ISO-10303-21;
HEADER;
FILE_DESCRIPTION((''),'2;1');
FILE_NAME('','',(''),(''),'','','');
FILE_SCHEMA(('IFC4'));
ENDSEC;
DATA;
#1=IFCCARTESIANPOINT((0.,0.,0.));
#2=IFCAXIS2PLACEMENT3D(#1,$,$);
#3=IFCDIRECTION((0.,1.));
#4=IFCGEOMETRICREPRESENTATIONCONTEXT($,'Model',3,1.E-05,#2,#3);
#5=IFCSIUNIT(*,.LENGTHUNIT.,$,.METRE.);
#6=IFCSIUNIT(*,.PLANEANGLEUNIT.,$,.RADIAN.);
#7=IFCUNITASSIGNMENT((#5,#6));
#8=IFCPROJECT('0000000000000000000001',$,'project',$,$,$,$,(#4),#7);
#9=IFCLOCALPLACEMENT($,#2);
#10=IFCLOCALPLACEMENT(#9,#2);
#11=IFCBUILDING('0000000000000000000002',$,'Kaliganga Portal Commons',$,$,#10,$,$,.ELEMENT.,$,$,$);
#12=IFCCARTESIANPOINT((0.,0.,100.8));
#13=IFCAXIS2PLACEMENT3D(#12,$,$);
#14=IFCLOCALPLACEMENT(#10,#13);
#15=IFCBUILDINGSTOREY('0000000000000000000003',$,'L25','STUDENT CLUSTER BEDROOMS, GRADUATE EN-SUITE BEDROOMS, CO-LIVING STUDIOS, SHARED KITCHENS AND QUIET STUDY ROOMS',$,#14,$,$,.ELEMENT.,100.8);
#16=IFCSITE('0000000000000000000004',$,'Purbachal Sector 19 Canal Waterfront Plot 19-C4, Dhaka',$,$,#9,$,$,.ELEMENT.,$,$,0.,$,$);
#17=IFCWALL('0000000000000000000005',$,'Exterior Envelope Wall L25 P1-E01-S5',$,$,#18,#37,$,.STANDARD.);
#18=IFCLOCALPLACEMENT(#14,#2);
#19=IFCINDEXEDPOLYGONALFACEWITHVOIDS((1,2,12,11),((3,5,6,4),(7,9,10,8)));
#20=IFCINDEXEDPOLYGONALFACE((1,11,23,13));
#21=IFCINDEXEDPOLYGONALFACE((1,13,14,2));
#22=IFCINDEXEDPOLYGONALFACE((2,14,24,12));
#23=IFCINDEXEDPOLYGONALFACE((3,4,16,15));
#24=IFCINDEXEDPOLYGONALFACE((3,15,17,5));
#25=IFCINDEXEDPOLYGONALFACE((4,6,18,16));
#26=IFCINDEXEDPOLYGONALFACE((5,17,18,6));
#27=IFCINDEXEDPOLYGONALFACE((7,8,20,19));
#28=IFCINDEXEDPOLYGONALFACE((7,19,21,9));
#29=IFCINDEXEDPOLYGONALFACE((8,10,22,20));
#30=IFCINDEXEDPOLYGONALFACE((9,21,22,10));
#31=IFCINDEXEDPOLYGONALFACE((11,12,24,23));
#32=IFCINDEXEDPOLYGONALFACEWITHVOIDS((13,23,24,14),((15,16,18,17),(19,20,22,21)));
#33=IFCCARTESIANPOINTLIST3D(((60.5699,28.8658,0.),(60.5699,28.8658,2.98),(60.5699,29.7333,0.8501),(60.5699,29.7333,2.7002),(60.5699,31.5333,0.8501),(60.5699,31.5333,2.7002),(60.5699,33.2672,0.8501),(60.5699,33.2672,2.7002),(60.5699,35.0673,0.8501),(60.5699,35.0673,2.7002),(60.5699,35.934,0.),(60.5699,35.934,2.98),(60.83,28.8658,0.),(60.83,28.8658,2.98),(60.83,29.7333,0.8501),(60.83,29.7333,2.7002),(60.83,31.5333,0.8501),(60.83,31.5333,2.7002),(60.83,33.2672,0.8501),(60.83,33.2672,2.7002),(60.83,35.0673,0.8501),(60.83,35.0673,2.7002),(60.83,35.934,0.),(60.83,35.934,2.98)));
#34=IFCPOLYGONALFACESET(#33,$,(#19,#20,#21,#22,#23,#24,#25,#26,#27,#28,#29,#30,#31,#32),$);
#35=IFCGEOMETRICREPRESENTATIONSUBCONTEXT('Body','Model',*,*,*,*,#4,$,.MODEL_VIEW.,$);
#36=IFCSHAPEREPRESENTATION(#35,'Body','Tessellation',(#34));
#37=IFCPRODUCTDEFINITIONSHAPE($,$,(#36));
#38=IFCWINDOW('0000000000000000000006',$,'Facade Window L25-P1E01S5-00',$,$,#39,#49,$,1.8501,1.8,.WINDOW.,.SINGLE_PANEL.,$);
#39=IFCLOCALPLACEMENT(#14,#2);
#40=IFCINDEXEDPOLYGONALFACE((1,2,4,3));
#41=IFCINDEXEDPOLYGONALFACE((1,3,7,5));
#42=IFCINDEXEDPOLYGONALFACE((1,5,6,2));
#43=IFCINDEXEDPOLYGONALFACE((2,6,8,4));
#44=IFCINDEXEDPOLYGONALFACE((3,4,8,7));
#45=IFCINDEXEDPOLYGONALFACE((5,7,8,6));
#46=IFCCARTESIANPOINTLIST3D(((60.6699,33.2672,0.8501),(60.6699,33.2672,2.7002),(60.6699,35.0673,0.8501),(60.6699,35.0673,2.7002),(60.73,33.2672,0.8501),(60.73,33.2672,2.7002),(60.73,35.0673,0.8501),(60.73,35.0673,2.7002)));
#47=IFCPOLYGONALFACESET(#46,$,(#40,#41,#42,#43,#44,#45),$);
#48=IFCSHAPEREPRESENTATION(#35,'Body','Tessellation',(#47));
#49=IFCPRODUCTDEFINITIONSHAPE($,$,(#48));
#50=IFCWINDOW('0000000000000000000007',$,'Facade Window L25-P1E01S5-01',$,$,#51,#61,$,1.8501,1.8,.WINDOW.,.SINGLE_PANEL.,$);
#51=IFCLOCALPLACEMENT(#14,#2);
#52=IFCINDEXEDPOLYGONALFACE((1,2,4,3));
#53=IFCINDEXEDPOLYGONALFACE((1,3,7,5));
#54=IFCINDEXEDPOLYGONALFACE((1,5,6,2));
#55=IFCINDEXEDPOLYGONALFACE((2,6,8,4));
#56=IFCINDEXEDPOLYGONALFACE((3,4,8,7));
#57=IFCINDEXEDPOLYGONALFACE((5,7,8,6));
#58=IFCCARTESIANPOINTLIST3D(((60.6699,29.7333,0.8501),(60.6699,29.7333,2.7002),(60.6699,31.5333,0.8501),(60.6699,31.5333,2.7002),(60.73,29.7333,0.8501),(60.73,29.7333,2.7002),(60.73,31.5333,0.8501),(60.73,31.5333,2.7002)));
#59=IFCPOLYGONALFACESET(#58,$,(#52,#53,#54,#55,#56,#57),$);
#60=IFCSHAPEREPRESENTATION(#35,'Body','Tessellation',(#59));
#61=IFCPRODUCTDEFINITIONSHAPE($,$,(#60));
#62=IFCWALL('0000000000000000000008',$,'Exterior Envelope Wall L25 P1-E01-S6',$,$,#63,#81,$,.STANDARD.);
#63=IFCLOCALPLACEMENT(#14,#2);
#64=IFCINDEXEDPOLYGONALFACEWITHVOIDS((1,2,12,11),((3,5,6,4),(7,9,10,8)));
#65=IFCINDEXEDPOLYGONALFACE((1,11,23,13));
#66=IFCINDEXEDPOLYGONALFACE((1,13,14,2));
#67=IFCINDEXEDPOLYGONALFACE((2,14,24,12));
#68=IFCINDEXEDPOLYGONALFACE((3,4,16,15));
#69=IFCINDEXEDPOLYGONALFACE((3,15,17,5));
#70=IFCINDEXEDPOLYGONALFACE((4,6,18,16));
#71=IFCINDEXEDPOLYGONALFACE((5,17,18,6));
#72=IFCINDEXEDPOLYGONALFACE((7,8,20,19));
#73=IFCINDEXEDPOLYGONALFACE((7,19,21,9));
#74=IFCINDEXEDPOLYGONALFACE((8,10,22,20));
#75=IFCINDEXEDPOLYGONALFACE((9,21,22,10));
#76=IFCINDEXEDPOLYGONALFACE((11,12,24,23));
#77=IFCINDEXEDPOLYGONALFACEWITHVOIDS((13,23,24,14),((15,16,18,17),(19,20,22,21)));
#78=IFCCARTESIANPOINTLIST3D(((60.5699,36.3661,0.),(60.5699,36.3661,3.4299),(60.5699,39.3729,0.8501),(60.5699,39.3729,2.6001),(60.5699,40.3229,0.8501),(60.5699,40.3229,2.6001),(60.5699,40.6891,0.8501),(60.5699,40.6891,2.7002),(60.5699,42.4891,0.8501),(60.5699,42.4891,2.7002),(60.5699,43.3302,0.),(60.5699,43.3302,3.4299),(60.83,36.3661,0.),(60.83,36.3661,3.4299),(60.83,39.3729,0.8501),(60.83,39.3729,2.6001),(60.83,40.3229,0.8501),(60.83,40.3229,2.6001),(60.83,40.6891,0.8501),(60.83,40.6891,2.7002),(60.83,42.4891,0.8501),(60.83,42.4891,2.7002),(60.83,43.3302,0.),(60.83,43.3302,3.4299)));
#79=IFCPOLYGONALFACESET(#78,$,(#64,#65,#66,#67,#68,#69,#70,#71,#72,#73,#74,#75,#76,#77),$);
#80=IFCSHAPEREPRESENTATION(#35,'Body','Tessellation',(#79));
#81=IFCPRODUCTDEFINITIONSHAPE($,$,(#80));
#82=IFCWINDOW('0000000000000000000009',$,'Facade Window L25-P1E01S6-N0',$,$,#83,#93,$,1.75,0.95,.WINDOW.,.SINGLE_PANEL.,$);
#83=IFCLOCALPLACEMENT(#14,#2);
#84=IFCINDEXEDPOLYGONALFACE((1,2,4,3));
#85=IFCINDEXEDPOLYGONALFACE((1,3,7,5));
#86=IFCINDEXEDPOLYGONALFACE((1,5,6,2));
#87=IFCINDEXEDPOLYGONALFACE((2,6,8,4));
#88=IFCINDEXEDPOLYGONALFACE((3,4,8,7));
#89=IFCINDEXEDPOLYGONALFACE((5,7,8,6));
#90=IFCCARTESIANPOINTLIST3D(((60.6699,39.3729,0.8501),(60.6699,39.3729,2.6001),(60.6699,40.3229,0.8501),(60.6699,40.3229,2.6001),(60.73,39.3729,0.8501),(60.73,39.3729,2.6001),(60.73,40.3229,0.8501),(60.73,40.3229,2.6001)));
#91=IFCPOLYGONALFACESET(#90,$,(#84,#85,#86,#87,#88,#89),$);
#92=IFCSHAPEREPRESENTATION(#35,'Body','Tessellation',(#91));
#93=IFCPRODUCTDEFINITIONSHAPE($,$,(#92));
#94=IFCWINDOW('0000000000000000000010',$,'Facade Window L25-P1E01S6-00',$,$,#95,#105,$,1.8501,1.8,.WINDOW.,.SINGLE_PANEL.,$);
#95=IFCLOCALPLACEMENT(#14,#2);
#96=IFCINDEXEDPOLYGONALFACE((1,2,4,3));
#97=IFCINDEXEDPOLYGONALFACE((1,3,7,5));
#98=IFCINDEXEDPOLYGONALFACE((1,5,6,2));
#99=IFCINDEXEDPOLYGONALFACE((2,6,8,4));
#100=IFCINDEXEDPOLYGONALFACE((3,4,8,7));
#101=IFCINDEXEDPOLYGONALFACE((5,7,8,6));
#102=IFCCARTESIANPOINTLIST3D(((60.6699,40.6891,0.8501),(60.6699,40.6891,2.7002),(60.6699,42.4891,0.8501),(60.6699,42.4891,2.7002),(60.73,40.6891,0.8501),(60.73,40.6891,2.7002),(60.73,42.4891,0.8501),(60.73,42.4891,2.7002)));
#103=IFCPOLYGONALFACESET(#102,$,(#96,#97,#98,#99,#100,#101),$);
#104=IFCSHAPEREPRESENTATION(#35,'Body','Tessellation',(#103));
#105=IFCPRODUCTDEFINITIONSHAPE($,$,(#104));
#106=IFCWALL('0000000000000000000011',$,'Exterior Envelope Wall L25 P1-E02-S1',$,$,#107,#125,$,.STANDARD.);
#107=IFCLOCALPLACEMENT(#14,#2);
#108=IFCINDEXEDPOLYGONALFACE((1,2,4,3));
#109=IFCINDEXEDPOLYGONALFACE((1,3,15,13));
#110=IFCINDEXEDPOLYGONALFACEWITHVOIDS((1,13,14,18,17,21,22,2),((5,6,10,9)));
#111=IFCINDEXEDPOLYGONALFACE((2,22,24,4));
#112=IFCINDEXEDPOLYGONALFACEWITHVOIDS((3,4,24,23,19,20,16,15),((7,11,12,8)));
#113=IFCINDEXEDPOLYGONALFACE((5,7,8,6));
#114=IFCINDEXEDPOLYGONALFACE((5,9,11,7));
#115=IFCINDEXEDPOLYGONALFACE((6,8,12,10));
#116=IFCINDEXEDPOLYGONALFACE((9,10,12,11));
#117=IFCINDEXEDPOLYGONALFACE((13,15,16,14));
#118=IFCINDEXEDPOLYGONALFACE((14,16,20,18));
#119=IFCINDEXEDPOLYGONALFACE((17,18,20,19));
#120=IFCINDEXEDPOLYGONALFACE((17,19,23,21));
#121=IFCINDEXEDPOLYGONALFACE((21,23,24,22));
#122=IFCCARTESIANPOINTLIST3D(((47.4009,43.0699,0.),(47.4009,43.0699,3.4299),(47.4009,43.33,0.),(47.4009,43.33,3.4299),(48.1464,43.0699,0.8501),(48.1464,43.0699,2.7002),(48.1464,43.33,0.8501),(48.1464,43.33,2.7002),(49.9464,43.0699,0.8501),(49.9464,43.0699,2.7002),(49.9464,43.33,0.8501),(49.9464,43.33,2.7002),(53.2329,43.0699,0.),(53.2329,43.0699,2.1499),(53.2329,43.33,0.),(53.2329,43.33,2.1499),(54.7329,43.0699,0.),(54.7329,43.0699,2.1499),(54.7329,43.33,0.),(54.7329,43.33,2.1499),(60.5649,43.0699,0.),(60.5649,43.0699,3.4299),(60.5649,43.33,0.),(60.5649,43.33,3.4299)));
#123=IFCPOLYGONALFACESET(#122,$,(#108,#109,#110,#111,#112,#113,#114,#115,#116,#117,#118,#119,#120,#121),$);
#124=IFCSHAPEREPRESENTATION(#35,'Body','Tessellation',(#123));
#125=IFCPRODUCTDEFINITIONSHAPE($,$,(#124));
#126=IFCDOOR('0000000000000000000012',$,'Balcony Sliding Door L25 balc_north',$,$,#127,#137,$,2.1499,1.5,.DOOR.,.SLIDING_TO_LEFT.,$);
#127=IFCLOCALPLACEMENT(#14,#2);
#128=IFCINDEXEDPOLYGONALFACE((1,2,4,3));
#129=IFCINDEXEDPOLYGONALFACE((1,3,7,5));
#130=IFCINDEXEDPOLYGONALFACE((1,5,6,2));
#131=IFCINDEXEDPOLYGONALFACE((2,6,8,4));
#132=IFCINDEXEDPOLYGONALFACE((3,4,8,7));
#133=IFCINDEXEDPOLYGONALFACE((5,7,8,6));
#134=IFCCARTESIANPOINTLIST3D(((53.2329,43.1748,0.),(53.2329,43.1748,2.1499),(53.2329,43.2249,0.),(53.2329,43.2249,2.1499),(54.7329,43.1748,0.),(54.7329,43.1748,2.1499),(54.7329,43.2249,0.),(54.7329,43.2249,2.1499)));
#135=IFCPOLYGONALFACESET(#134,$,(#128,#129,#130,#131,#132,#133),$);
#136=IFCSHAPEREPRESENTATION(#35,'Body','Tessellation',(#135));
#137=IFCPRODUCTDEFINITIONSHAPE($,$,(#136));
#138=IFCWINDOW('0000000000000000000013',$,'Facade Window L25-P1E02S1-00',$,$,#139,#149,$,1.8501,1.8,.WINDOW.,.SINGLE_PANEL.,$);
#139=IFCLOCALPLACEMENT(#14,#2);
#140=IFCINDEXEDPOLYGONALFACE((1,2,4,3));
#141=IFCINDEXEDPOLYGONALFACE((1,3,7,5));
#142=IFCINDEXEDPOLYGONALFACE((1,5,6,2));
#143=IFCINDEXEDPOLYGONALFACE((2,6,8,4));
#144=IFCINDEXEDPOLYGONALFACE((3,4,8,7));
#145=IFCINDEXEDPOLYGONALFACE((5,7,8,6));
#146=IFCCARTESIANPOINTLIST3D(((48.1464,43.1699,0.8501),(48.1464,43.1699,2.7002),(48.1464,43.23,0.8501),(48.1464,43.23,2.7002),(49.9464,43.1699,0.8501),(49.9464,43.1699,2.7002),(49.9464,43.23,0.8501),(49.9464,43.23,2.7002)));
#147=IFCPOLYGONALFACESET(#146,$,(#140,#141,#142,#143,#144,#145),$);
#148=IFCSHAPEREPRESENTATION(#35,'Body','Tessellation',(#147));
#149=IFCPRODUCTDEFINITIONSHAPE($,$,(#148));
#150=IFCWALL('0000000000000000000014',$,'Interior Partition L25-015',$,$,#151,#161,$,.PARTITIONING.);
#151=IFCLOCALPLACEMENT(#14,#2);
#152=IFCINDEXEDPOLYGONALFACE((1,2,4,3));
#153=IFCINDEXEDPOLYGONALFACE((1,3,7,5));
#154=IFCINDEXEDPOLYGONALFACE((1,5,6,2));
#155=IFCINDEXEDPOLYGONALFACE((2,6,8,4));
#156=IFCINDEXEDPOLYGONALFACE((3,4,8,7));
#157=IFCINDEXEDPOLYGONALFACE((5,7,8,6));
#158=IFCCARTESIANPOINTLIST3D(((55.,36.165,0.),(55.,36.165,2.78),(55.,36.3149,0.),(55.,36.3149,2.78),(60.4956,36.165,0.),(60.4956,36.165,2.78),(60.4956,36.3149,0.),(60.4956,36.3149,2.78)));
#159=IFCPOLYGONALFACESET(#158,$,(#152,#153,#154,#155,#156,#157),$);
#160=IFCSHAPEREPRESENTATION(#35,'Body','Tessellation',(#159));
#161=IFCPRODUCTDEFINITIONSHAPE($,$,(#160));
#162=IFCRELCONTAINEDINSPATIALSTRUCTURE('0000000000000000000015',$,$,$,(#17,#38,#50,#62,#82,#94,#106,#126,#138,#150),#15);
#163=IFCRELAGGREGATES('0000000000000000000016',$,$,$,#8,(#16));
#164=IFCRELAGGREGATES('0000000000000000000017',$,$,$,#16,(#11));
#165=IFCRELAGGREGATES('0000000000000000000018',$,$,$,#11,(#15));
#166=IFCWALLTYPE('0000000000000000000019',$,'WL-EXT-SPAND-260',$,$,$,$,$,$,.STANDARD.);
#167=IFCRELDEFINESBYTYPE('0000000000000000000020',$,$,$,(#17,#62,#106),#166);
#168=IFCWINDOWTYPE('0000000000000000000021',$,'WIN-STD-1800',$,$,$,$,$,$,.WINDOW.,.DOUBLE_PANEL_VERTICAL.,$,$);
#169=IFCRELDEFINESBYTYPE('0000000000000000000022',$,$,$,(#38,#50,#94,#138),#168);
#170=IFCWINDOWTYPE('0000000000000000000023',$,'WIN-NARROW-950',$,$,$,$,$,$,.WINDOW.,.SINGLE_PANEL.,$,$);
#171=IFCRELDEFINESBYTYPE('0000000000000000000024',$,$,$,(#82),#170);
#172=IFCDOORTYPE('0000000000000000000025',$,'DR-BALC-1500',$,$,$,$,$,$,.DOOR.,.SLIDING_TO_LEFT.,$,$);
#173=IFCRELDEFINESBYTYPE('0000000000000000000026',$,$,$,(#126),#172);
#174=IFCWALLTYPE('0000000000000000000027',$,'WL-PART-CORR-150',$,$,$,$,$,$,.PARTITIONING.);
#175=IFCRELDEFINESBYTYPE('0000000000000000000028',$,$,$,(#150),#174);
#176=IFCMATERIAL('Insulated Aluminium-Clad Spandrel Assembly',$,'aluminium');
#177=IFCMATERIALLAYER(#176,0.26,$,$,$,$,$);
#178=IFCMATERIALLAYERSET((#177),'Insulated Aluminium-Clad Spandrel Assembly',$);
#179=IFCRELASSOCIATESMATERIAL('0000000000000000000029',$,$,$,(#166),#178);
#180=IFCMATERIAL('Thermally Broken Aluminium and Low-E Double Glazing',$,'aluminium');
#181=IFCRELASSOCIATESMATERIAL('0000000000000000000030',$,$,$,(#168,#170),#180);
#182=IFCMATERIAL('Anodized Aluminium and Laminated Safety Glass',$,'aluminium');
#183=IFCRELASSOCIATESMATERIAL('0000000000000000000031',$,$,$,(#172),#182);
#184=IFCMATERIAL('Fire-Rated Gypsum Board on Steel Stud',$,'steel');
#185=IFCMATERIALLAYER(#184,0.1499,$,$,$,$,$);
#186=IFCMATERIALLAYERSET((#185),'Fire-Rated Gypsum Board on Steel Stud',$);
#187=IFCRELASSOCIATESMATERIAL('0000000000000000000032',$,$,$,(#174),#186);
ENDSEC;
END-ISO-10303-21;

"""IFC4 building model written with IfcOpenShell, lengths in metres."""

from ifc_helpers import new_model, si_unit, direction, frame, frame_2d, origin, place, context, subcontext, project, spatial, rectangle, extrude, material, layer, layer_set, type_object, element, fill, save


model = new_model("IFC4")

# Units and contexts
model_context = context("Model", 3, precision=1e-05, world=origin(), true_north=direction((0.0, 1.0)))
body_context = subcontext(model_context, "Body", "Model", "MODEL_VIEW")
ifc_project = project(units=[si_unit("LENGTHUNIT", "METRE"), si_unit("PLANEANGLEUNIT", "RADIAN")], contexts=[model_context])

# Site, building, storey
site_placement = place(None, origin())
site = spatial("IfcSite", under=ifc_project, at=site_placement, Name="Purbachal Sector 19 Canal Waterfront Plot 19-C4, Dhaka", CompositionType="ELEMENT", RefElevation=0.0)
building_placement = place(site_placement, origin())
building = spatial("IfcBuilding", under=site, at=building_placement, Name="Kaliganga Portal Commons", CompositionType="ELEMENT")
storey_placement = place(building_placement, frame((0.0, 0.0, 100.8)))
storey = spatial("IfcBuildingStorey", under=building, at=storey_placement, Name="L25", Description="STUDENT CLUSTER BEDROOMS, GRADUATE EN-SUITE BEDROOMS, CO-LIVING STUDIOS, SHARED KITCHENS AND QUIET STUDY ROOMS", CompositionType="ELEMENT", Elevation=100.8)

# Walls, openings, windows
ifc_material_1 = material(Name="Insulated Aluminium-Clad Spandrel Assembly", Category="aluminium")
ifc_layer_1 = layer(ifc_material_1, 0.26)
ifc_layer_set_1 = layer_set([ifc_layer_1], Name="Insulated Aluminium-Clad Spandrel Assembly")
wall_type_1 = type_object("IfcWallType", Name="WL-EXT-SPAND-260", PredefinedType="STANDARD", material=ifc_layer_set_1)
wall_1_placement = place(storey_placement, frame((60.7, 35.9341, 0.0), z_axis=(0.0, 0.0, 1.0), x_axis=(0.0, -1.0, 0.0)))
wall_1 = element("IfcWall", 1, at=wall_1_placement, inside=storey, type_object=wall_type_1, Name="Exterior Envelope Wall L25 P1-E01-S5", PredefinedType="STANDARD", context=body_context, shape_type="SweptSolid", body=[
    extrude(rectangle(XDim=7.0681, YDim=0.26, at=frame_2d((3.5342, 0.0))), origin(), (0.0, 0.0, 1.0), 2.98),
])
opening_1_placement = place(wall_1_placement, frame((0.8669, 0.0, 0.8501)))
opening_1 = element("IfcOpeningElement", 2, at=opening_1_placement, cuts=wall_1, PredefinedType="OPENING", context=body_context, shape_type="SweptSolid", body=[
    extrude(rectangle(XDim=1.8, YDim=1.8501, at=frame_2d((0.8999, 0.925))), frame((0.0, 0.1401, 0.0), z_axis=(0.0, -1.0, 0.0), x_axis=(1.0, 0.0, 0.0)), (0.0, 0.0, 1.0), 0.28),
])
opening_2_placement = place(wall_1_placement, frame((4.4009, 0.0, 0.8501)))
opening_2 = element("IfcOpeningElement", 3, at=opening_2_placement, cuts=wall_1, PredefinedType="OPENING", context=body_context, shape_type="SweptSolid", body=[
    extrude(rectangle(XDim=1.8, YDim=1.8501, at=frame_2d((0.8999, 0.925))), frame((0.0, 0.1401, 0.0), z_axis=(0.0, -1.0, 0.0), x_axis=(1.0, 0.0, 0.0)), (0.0, 0.0, 1.0), 0.28),
])
ifc_material_2 = material(Name="Thermally Broken Aluminium and Low-E Double Glazing", Category="aluminium")
window_type_1 = type_object("IfcWindowType", Name="WIN-STD-1800", PartitioningType="DOUBLE_PANEL_VERTICAL", PredefinedType="WINDOW", material=ifc_material_2)
window_1_placement = place(opening_1_placement, origin())
window_1 = element("IfcWindow", 4, at=window_1_placement, inside=storey, type_object=window_type_1, Name="Facade Window L25-P1E01S5-00", OverallHeight=1.8501, OverallWidth=1.8, PartitioningType="SINGLE_PANEL", PredefinedType="WINDOW", context=body_context, shape_type="SweptSolid", body=[
    extrude(rectangle(XDim=1.8, YDim=1.8501, at=frame_2d((0.8999, 0.925))), frame((0.0, 0.03, 0.0), z_axis=(0.0, -1.0, 0.0), x_axis=(1.0, 0.0, 0.0)), (0.0, 0.0, 1.0), 0.0601),
])
fill(opening_1, window_1)
window_2_placement = place(opening_2_placement, origin())
window_2 = element("IfcWindow", 5, at=window_2_placement, inside=storey, type_object=window_type_1, Name="Facade Window L25-P1E01S5-01", OverallHeight=1.8501, OverallWidth=1.8, PartitioningType="SINGLE_PANEL", PredefinedType="WINDOW", context=body_context, shape_type="SweptSolid", body=[
    extrude(rectangle(XDim=1.8, YDim=1.8501, at=frame_2d((0.8999, 0.925))), frame((0.0, 0.03, 0.0), z_axis=(0.0, -1.0, 0.0), x_axis=(1.0, 0.0, 0.0)), (0.0, 0.0, 1.0), 0.0601),
])
fill(opening_2, window_2)
wall_2_placement = place(storey_placement, frame((60.7, 43.3301, 0.0), z_axis=(0.0, 0.0, 1.0), x_axis=(0.0, -1.0, 0.0)))
wall_2 = element("IfcWall", 6, at=wall_2_placement, inside=storey, type_object=wall_type_1, Name="Exterior Envelope Wall L25 P1-E01-S6", PredefinedType="STANDARD", context=body_context, shape_type="SweptSolid", body=[
    extrude(rectangle(XDim=6.9641, YDim=0.26, at=frame_2d((3.4819, 0.0))), origin(), (0.0, 0.0, 1.0), 3.4299),
])
opening_3_placement = place(wall_2_placement, frame((0.8411, 0.0, 0.8501)))
opening_3 = element("IfcOpeningElement", 7, at=opening_3_placement, cuts=wall_2, PredefinedType="OPENING", context=body_context, shape_type="SweptSolid", body=[
    extrude(rectangle(XDim=1.8, YDim=1.8501, at=frame_2d((0.8999, 0.925))), frame((0.0, 0.1401, 0.0), z_axis=(0.0, -1.0, 0.0), x_axis=(1.0, 0.0, 0.0)), (0.0, 0.0, 1.0), 0.28),
])
opening_4_placement = place(wall_2_placement, frame((3.0071, 0.0, 0.8501)))
opening_4 = element("IfcOpeningElement", 8, at=opening_4_placement, cuts=wall_2, PredefinedType="OPENING", context=body_context, shape_type="SweptSolid", body=[
    extrude(rectangle(XDim=0.95, YDim=1.75, at=frame_2d((0.4751, 0.875))), frame((0.0, 0.1401, 0.0), z_axis=(0.0, -1.0, 0.0), x_axis=(1.0, 0.0, 0.0)), (0.0, 0.0, 1.0), 0.28),
])
window_type_2 = type_object("IfcWindowType", Name="WIN-NARROW-950", PartitioningType="SINGLE_PANEL", PredefinedType="WINDOW", material=ifc_material_2)
window_3_placement = place(opening_4_placement, origin())
window_3 = element("IfcWindow", 9, at=window_3_placement, inside=storey, type_object=window_type_2, Name="Facade Window L25-P1E01S6-N0", OverallHeight=1.75, OverallWidth=0.95, PartitioningType="SINGLE_PANEL", PredefinedType="WINDOW", context=body_context, shape_type="SweptSolid", body=[
    extrude(rectangle(XDim=0.95, YDim=1.75, at=frame_2d((0.4751, 0.875))), frame((0.0, 0.03, 0.0), z_axis=(0.0, -1.0, 0.0), x_axis=(1.0, 0.0, 0.0)), (0.0, 0.0, 1.0), 0.0601),
])
fill(opening_4, window_3)
window_4_placement = place(opening_3_placement, origin())
window_4 = element("IfcWindow", 10, at=window_4_placement, inside=storey, type_object=window_type_1, Name="Facade Window L25-P1E01S6-00", OverallHeight=1.8501, OverallWidth=1.8, PartitioningType="SINGLE_PANEL", PredefinedType="WINDOW", context=body_context, shape_type="SweptSolid", body=[
    extrude(rectangle(XDim=1.8, YDim=1.8501, at=frame_2d((0.8999, 0.925))), frame((0.0, 0.03, 0.0), z_axis=(0.0, -1.0, 0.0), x_axis=(1.0, 0.0, 0.0)), (0.0, 0.0, 1.0), 0.0601),
])
fill(opening_3, window_4)

# Wall, openings, door, window
wall_3_placement = place(storey_placement, frame((47.4009, 43.2, 0.0), z_axis=(0.0, 0.0, 1.0), x_axis=(1.0, 0.0, 0.0)))
wall_3 = element("IfcWall", 11, at=wall_3_placement, inside=storey, type_object=wall_type_1, Name="Exterior Envelope Wall L25 P1-E02-S1", PredefinedType="STANDARD", context=body_context, shape_type="SweptSolid", body=[
    extrude(rectangle(XDim=13.1641, YDim=0.26, at=frame_2d((6.582, 0.0))), origin(), (0.0, 0.0, 1.0), 3.4299),
])
opening_5_placement = place(wall_3_placement, frame((5.832, 0.0, 0.0)))
opening_5 = element("IfcOpeningElement", 12, at=opening_5_placement, cuts=wall_3, PredefinedType="OPENING", context=body_context, shape_type="SweptSolid", body=[
    extrude(rectangle(XDim=1.5, YDim=2.1499, at=frame_2d((0.75, 1.075))), frame((0.0, 0.1401, 0.0), z_axis=(0.0, -1.0, 0.0), x_axis=(1.0, 0.0, 0.0)), (0.0, 0.0, 1.0), 0.28),
])
opening_6_placement = place(wall_3_placement, frame((0.7456, 0.0, 0.8501)))
opening_6 = element("IfcOpeningElement", 13, at=opening_6_placement, cuts=wall_3, PredefinedType="OPENING", context=body_context, shape_type="SweptSolid", body=[
    extrude(rectangle(XDim=1.8, YDim=1.8501, at=frame_2d((0.8999, 0.925))), frame((0.0, 0.1401, 0.0), z_axis=(0.0, -1.0, 0.0), x_axis=(1.0, 0.0, 0.0)), (0.0, 0.0, 1.0), 0.28),
])
ifc_material_3 = material(Name="Anodized Aluminium and Laminated Safety Glass", Category="aluminium")
door_type_1 = type_object("IfcDoorType", Name="DR-BALC-1500", OperationType="SLIDING_TO_LEFT", PredefinedType="DOOR", material=ifc_material_3)
door_1_placement = place(opening_5_placement, origin())
door_1 = element("IfcDoor", 14, at=door_1_placement, inside=storey, type_object=door_type_1, Name="Balcony Sliding Door L25 balc_north", OperationType="SLIDING_TO_LEFT", OverallHeight=2.1499, OverallWidth=1.5, PredefinedType="DOOR", context=body_context, shape_type="SweptSolid", body=[
    extrude(rectangle(XDim=1.5, YDim=2.1499, at=frame_2d((0.75, 1.075))), frame((0.0, 0.0249, 0.0), z_axis=(0.0, -1.0, 0.0), x_axis=(1.0, 0.0, 0.0)), (0.0, 0.0, 1.0), 0.05),
])
fill(opening_5, door_1)
window_5_placement = place(opening_6_placement, origin())
window_5 = element("IfcWindow", 15, at=window_5_placement, inside=storey, type_object=window_type_1, Name="Facade Window L25-P1E02S1-00", OverallHeight=1.8501, OverallWidth=1.8, PartitioningType="SINGLE_PANEL", PredefinedType="WINDOW", context=body_context, shape_type="SweptSolid", body=[
    extrude(rectangle(XDim=1.8, YDim=1.8501, at=frame_2d((0.8999, 0.925))), frame((0.0, 0.03, 0.0), z_axis=(0.0, -1.0, 0.0), x_axis=(1.0, 0.0, 0.0)), (0.0, 0.0, 1.0), 0.0601),
])
fill(opening_6, window_5)

# Shared definitions
ifc_material_4 = material(Name="Fire-Rated Gypsum Board on Steel Stud", Category="steel")
ifc_layer_2 = layer(ifc_material_4, 0.1499)
ifc_layer_set_2 = layer_set([ifc_layer_2], Name="Fire-Rated Gypsum Board on Steel Stud")
wall_type_2 = type_object("IfcWallType", Name="WL-PART-CORR-150", PredefinedType="PARTITIONING", material=ifc_layer_set_2)

# Wall
wall_4_placement = place(storey_placement, frame((55.0, 36.24, 0.0), z_axis=(0.0, 0.0, 1.0), x_axis=(1.0, 0.0, 0.0)))
element("IfcWall", 16, at=wall_4_placement, inside=storey, type_object=wall_type_2, Name="Interior Partition L25-015", PredefinedType="PARTITIONING", context=body_context, shape_type="SweptSolid", body=[
    extrude(rectangle(XDim=5.4956, YDim=0.1499, at=frame_2d((2.7478, 0.0))), origin(), (0.0, 0.0, 1.0), 2.78),
])

save(model, "model.ifc")
